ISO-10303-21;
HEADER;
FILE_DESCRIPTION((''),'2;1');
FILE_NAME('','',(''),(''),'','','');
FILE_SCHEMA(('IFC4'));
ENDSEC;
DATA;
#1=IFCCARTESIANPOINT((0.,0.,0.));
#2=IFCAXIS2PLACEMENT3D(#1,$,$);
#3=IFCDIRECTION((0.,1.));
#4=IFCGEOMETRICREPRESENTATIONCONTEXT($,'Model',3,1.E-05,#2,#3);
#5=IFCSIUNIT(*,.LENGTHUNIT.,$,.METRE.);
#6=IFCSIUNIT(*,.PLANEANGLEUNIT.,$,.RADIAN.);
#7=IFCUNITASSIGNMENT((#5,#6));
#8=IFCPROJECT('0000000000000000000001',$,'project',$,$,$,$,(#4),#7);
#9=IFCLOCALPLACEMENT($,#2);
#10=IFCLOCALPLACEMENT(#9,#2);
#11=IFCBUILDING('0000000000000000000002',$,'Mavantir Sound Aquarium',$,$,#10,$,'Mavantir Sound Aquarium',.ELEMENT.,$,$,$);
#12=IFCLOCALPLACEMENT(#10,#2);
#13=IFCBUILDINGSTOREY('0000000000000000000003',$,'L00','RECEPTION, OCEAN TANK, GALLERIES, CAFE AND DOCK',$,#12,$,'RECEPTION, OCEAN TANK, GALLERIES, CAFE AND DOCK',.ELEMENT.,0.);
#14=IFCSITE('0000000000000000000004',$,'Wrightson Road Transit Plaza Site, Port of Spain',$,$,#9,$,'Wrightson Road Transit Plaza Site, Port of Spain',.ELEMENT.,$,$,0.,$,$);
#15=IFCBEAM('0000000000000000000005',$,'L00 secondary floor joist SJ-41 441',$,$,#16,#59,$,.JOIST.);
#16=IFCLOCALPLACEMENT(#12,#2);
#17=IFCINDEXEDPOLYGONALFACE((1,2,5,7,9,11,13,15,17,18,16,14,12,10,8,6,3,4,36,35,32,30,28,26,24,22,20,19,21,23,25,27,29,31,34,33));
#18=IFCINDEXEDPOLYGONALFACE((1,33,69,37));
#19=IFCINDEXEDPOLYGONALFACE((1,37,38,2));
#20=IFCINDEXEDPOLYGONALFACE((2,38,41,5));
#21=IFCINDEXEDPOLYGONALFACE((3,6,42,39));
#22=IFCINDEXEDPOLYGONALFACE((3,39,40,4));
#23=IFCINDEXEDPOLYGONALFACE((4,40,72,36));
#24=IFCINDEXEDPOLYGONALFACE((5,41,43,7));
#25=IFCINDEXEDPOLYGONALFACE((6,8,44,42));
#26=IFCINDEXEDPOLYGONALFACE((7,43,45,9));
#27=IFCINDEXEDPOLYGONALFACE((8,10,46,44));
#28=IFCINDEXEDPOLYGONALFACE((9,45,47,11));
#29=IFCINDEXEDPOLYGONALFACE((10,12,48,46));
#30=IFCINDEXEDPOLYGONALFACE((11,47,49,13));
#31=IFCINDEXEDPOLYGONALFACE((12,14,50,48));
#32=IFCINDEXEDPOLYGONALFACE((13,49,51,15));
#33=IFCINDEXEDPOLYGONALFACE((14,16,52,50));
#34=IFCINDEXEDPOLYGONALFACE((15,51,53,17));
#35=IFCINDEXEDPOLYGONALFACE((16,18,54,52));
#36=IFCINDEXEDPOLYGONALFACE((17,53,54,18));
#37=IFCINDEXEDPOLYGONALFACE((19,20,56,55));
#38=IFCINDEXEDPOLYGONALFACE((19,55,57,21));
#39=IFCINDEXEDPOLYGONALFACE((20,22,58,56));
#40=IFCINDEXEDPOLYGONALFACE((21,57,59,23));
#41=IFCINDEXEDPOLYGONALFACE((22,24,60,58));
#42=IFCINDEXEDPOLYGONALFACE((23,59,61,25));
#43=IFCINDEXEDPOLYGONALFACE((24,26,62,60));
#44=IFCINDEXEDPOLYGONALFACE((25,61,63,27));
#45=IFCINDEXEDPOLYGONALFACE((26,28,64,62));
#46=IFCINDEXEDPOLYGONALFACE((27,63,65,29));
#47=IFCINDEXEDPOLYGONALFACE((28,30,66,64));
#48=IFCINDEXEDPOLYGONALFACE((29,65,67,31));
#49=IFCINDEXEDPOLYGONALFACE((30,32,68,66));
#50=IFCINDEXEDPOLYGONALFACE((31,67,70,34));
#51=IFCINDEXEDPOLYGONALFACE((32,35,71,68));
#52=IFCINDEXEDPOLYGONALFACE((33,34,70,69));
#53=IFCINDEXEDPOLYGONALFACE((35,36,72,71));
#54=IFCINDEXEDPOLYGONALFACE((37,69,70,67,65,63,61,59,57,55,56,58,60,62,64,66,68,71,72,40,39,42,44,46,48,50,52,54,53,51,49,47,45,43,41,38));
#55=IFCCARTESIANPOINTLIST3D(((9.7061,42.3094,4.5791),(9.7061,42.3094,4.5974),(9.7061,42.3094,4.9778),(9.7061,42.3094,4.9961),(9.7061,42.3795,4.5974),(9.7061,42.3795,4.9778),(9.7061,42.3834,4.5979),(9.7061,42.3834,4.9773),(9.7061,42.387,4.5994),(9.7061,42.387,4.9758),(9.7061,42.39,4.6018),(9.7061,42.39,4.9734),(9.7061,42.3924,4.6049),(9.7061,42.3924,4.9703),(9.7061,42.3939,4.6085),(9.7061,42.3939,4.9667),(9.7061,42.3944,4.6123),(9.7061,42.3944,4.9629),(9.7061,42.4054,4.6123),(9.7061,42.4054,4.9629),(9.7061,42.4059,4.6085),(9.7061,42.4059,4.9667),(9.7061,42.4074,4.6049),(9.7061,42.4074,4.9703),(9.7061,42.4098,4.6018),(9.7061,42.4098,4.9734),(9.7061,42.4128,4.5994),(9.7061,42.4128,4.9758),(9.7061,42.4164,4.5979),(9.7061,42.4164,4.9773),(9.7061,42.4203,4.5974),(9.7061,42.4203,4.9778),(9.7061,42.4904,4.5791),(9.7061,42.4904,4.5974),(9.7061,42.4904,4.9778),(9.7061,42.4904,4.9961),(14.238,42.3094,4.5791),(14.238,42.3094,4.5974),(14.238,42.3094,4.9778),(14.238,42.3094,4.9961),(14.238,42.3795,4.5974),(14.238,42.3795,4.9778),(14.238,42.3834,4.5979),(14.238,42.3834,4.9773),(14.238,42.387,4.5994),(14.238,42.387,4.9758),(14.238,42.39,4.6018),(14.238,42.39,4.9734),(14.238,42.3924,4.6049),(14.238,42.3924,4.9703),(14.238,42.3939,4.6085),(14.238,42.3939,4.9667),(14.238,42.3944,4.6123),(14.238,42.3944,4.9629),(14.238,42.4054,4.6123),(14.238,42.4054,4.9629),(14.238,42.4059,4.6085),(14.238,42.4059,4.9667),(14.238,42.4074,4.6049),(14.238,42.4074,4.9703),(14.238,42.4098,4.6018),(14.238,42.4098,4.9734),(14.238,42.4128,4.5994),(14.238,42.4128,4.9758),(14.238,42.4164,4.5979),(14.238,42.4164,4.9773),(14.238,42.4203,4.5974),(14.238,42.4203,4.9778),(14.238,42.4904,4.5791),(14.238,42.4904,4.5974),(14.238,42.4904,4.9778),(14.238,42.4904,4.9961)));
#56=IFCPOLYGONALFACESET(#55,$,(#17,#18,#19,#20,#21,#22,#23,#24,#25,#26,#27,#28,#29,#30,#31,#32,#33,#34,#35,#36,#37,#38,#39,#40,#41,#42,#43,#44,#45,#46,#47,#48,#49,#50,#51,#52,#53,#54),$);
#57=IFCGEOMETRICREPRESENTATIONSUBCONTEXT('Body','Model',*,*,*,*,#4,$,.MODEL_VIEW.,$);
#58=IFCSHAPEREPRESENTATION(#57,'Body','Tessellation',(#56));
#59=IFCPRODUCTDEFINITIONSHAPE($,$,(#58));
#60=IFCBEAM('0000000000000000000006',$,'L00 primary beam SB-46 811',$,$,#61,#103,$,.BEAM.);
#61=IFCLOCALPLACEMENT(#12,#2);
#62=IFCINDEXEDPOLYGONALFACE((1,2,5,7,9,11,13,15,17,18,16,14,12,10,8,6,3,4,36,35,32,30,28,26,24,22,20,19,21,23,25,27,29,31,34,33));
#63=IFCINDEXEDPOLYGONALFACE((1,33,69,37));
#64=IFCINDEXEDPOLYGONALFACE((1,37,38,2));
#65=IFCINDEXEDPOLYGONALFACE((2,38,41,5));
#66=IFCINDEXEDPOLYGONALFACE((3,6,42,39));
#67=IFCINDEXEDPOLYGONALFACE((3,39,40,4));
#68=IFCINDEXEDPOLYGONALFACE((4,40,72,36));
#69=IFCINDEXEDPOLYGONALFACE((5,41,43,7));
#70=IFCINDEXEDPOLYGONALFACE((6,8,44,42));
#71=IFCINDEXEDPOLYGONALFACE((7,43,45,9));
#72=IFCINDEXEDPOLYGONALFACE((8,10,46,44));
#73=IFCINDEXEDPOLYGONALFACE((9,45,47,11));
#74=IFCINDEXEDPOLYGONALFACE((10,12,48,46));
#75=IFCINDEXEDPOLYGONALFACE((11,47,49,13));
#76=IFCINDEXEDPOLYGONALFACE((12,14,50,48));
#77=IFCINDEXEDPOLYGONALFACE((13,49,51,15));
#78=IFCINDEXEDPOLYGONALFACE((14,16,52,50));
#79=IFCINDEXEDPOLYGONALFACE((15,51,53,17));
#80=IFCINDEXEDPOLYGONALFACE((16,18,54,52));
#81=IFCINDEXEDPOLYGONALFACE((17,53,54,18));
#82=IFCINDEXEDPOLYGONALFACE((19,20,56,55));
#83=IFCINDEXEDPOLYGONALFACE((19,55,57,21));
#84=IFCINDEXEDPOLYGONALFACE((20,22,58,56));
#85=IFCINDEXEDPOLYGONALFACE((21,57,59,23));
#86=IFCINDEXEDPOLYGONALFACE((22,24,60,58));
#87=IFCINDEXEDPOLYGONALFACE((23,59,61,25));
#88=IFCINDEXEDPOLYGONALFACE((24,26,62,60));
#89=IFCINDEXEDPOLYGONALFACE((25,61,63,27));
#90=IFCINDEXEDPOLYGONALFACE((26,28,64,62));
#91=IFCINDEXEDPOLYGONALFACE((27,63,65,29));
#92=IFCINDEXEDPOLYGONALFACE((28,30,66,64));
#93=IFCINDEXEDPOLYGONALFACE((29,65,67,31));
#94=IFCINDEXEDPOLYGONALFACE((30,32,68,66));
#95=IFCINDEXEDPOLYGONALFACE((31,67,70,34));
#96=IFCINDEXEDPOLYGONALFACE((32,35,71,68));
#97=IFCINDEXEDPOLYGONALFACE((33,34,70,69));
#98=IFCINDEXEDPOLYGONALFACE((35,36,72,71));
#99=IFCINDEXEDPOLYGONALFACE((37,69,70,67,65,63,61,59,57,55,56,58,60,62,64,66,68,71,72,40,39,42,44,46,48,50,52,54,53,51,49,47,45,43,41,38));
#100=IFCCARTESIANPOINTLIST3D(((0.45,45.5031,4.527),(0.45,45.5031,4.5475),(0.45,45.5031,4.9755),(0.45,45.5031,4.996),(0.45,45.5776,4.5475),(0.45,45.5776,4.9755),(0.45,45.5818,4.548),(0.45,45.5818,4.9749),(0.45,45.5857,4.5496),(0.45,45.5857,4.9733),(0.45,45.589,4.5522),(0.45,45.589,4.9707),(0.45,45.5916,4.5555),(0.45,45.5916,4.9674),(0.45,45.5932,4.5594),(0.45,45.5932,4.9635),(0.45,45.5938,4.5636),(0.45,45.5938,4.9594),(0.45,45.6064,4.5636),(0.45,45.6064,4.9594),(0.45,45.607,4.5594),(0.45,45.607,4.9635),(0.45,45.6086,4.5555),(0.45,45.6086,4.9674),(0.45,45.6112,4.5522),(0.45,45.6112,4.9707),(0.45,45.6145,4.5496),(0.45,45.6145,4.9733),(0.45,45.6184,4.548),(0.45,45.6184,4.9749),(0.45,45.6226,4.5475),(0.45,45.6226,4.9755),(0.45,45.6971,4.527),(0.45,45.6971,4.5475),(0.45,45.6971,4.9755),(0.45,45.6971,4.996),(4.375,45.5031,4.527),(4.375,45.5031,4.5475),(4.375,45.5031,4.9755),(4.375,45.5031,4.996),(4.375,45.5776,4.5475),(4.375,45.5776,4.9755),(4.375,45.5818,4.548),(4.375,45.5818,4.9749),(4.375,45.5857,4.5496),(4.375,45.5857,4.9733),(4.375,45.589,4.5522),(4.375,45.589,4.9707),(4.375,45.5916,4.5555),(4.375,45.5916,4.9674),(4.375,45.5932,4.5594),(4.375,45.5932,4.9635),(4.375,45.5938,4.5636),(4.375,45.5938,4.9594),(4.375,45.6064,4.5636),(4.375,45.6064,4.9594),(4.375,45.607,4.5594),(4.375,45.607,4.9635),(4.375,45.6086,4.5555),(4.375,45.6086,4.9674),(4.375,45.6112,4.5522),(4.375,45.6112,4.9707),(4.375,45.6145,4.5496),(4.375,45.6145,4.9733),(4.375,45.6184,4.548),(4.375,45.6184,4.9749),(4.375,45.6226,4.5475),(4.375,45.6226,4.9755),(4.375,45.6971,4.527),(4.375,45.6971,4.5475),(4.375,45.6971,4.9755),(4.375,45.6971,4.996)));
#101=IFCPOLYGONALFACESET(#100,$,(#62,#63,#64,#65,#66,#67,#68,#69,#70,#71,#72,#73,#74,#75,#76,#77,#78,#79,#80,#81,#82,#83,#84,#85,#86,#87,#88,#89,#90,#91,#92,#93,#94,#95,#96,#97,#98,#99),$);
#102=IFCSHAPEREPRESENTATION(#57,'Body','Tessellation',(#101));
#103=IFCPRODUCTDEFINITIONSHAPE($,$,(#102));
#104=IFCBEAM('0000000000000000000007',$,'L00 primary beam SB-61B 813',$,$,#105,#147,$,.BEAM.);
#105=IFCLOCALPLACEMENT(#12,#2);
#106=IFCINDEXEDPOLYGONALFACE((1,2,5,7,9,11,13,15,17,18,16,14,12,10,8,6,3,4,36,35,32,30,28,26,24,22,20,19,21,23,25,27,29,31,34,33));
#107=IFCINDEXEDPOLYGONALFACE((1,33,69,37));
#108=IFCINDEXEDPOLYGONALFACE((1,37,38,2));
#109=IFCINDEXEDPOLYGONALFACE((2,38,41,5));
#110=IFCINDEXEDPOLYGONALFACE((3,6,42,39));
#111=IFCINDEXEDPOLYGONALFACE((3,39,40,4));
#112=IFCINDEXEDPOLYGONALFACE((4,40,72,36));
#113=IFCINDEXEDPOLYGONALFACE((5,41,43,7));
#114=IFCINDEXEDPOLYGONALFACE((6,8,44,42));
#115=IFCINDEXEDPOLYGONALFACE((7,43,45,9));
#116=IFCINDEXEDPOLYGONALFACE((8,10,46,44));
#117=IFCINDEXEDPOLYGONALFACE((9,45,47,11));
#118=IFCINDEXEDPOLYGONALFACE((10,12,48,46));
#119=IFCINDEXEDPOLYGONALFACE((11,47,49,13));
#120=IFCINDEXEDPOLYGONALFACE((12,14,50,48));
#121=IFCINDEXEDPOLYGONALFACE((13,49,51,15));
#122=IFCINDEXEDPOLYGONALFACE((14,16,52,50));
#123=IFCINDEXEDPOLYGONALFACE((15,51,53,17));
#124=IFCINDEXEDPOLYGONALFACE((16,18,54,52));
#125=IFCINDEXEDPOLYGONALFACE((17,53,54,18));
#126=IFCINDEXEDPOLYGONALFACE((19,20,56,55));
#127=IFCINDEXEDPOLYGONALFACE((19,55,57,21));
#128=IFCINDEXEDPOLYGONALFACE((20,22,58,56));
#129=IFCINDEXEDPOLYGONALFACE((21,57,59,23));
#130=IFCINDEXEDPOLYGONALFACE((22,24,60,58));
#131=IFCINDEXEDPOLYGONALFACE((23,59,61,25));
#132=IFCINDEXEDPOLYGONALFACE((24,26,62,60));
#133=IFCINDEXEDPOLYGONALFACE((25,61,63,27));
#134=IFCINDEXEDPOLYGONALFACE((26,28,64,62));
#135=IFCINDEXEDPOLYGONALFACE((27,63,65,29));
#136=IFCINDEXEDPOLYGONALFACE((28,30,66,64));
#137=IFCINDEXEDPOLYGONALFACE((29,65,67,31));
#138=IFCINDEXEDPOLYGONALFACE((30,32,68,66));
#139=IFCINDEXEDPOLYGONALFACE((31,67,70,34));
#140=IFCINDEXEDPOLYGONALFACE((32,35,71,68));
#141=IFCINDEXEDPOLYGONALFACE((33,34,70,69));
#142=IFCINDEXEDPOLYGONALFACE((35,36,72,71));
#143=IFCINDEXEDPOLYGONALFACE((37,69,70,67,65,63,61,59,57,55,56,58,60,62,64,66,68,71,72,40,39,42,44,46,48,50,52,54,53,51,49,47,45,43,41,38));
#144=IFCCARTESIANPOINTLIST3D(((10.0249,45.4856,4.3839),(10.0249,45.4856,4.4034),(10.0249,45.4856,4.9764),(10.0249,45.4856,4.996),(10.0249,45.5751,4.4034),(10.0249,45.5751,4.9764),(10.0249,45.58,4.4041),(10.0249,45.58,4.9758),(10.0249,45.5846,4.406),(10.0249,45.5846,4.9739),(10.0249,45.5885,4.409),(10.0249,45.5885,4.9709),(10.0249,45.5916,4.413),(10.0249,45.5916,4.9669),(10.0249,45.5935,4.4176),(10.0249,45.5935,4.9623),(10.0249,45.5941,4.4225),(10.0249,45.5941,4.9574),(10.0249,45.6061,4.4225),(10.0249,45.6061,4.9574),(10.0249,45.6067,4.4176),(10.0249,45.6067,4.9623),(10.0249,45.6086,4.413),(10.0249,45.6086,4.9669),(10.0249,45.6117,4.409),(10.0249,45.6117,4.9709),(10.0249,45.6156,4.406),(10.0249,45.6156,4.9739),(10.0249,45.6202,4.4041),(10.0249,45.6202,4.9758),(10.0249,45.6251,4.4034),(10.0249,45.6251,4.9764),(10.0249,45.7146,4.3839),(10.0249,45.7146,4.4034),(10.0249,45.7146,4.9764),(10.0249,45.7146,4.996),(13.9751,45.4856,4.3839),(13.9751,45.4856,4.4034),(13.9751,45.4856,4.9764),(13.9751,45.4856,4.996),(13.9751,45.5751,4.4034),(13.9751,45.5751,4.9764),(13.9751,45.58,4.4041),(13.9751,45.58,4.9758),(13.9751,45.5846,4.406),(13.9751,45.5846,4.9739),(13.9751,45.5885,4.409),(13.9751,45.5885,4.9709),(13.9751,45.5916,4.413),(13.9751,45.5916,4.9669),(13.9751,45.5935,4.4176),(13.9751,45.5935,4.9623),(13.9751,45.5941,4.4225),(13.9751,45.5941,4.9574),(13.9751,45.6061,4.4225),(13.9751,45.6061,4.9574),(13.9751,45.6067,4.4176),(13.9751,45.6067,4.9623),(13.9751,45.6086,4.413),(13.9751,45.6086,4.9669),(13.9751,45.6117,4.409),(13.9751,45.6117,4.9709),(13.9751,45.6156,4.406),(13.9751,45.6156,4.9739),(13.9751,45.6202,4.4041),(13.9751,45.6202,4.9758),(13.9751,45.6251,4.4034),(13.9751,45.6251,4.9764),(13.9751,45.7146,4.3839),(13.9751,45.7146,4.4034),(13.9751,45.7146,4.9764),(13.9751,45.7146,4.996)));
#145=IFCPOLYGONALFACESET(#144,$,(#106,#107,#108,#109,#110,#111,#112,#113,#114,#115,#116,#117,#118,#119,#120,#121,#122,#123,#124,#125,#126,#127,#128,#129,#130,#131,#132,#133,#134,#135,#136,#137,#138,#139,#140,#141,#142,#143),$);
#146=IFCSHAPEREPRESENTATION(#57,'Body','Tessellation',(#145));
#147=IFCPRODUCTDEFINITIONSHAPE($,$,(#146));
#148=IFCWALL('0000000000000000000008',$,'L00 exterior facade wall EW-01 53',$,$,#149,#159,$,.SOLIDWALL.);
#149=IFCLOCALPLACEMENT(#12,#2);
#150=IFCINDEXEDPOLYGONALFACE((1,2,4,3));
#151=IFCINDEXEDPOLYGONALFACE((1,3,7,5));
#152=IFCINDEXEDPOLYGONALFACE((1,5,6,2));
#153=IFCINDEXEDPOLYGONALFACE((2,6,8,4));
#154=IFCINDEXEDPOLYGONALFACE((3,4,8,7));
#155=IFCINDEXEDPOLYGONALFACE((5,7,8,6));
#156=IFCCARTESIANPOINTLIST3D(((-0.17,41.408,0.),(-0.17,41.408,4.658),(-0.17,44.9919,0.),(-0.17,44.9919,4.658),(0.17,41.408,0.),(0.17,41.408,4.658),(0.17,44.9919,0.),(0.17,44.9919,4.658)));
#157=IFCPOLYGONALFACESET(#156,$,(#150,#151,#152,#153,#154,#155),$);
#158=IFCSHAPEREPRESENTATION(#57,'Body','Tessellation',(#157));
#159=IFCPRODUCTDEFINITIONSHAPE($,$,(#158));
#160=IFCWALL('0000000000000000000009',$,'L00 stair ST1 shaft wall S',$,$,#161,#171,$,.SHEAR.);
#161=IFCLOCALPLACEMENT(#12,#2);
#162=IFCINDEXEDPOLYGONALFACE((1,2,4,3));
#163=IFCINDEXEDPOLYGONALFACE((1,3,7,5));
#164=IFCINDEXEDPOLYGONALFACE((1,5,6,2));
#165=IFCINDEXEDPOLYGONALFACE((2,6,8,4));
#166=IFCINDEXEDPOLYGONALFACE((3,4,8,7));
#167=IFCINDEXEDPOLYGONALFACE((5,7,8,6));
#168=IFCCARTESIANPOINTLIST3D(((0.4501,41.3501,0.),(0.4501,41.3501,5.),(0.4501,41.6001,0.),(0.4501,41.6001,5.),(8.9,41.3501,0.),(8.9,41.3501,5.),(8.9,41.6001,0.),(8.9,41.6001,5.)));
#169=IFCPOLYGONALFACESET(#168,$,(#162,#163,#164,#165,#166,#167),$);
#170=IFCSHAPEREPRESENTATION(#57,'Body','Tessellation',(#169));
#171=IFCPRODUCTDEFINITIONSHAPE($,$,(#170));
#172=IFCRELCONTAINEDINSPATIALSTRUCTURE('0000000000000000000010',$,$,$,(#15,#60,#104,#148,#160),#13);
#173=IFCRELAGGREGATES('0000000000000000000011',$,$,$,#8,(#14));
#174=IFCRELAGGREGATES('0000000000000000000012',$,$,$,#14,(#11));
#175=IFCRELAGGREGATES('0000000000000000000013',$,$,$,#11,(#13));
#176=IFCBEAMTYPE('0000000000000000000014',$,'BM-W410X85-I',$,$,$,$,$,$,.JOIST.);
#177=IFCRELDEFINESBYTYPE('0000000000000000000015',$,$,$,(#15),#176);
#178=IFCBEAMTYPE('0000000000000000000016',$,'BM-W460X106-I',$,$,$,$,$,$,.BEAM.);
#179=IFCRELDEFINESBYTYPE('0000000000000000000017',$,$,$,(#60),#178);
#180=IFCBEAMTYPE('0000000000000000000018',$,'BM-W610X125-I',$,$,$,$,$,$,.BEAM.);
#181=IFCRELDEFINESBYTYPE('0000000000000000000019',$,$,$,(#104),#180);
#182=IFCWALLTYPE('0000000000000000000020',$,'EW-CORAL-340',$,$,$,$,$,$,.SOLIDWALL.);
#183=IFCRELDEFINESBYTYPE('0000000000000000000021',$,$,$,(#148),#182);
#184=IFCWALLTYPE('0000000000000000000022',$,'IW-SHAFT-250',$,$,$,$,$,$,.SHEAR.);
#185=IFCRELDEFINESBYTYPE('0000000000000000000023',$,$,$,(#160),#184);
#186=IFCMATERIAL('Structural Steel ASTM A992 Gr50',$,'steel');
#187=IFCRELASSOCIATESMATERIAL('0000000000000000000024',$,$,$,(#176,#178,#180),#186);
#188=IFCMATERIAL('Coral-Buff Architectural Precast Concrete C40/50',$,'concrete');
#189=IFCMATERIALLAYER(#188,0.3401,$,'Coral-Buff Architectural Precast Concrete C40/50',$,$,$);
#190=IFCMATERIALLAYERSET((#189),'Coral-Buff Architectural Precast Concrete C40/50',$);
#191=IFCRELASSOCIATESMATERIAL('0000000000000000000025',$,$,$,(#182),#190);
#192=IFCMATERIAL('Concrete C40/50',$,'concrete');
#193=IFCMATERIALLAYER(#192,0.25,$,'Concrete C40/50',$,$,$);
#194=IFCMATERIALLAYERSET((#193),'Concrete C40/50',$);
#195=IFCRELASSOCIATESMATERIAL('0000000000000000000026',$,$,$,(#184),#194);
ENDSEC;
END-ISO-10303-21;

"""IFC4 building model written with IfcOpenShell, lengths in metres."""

from ifc_helpers import new_model, si_unit, direction, frame, frame_2d, origin, origin_2d, place, context, subcontext, project, spatial, rectangle, i_section, extrude, material, layer, layer_set, material_profile, profile_set, type_object, element, save


model = new_model("IFC4")

# Units and contexts
model_context = context("Model", 3, precision=1e-05, world=origin(), true_north=direction((0.0, 1.0)))
body_context = subcontext(model_context, "Body", "Model", "MODEL_VIEW")
ifc_project = project(units=[si_unit("LENGTHUNIT", "METRE"), si_unit("PLANEANGLEUNIT", "RADIAN")], contexts=[model_context])

# Site, building, storey
site_placement = place(None, origin())
site = spatial("IfcSite", under=ifc_project, at=site_placement, Name="Wrightson Road Transit Plaza Site, Port of Spain", LongName="Wrightson Road Transit Plaza Site, Port of Spain", CompositionType="ELEMENT", RefElevation=0.0)
building_placement = place(site_placement, origin())
building = spatial("IfcBuilding", under=site, at=building_placement, Name="Mavantir Sound Aquarium", LongName="Mavantir Sound Aquarium", CompositionType="ELEMENT")
storey_placement = place(building_placement, origin())
storey = spatial("IfcBuildingStorey", under=building, at=storey_placement, Name="L00", Description="RECEPTION, OCEAN TANK, GALLERIES, CAFE AND DOCK", LongName="RECEPTION, OCEAN TANK, GALLERIES, CAFE AND DOCK", CompositionType="ELEMENT", Elevation=0.0)

# Shared definitions
ifc_material_1 = material(Name="Concrete C40/50", Category="concrete")

# Beams
ifc_material_2 = material(Name="Structural Steel ASTM A992 Gr50", Category="steel")
ifc_material_profile_1 = material_profile(ifc_material_2, i_section(OverallWidth=0.1809, OverallDepth=0.417, WebThickness=0.011, FlangeThickness=0.0183, FilletRadius=0.0149, at=origin_2d()), Name="W410X85")
ifc_profile_set_1 = profile_set([ifc_material_profile_1], Name="Structural Steel ASTM A992 Gr50")
beam_type_1 = type_object("IfcBeamType", Name="BM-W410X85-I", PredefinedType="JOIST", material=ifc_profile_set_1)
beam_1_placement = place(storey_placement, frame((9.7061, 42.3999, 4.7876), z_axis=(1.0, 0.0, 0.0), x_axis=(0.0, 1.0, 0.0)))
element("IfcBeam", 1, at=beam_1_placement, inside=storey, type_object=beam_type_1, Name="L00 secondary floor joist SJ-41 441", PredefinedType="JOIST", context=body_context, shape_type="SweptSolid", body=[
    extrude(i_section(OverallWidth=0.1809, OverallDepth=0.417, WebThickness=0.011, FlangeThickness=0.0183, FilletRadius=0.0149, at=origin_2d()), origin(), (0.0, 0.0, 1.0), 4.532),
])
ifc_material_profile_2 = material_profile(ifc_material_2, i_section(OverallWidth=0.1941, OverallDepth=0.469, WebThickness=0.0127, FlangeThickness=0.0205, FilletRadius=0.0161, at=origin_2d()), Name="W460X106")
ifc_profile_set_2 = profile_set([ifc_material_profile_2], Name="Structural Steel ASTM A992 Gr50")
beam_type_2 = type_object("IfcBeamType", Name="BM-W460X106-I", PredefinedType="BEAM", material=ifc_profile_set_2)
beam_2_placement = place(storey_placement, frame((0.45, 45.6001, 4.7615), z_axis=(1.0, 0.0, 0.0), x_axis=(0.0, 1.0, 0.0)))
element("IfcBeam", 2, at=beam_2_placement, inside=storey, type_object=beam_type_2, Name="L00 primary beam SB-46 811", PredefinedType="BEAM", context=body_context, shape_type="SweptSolid", body=[
    extrude(i_section(OverallWidth=0.1941, OverallDepth=0.469, WebThickness=0.0127, FlangeThickness=0.0205, FilletRadius=0.0161, at=origin_2d()), origin(), (0.0, 0.0, 1.0), 3.925),
])
ifc_material_profile_3 = material_profile(ifc_material_2, i_section(OverallWidth=0.229, OverallDepth=0.6121, WebThickness=0.012, FlangeThickness=0.0195, FilletRadius=0.019, at=origin_2d()), Name="W610X125")
ifc_profile_set_3 = profile_set([ifc_material_profile_3], Name="Structural Steel ASTM A992 Gr50")
beam_type_3 = type_object("IfcBeamType", Name="BM-W610X125-I", PredefinedType="BEAM", material=ifc_profile_set_3)
beam_3_placement = place(storey_placement, frame((10.0249, 45.6001, 4.6899), z_axis=(1.0, 0.0, 0.0), x_axis=(0.0, 1.0, 0.0)))
element("IfcBeam", 3, at=beam_3_placement, inside=storey, type_object=beam_type_3, Name="L00 primary beam SB-61B 813", PredefinedType="BEAM", context=body_context, shape_type="SweptSolid", body=[
    extrude(i_section(OverallWidth=0.229, OverallDepth=0.6121, WebThickness=0.012, FlangeThickness=0.0195, FilletRadius=0.019, at=origin_2d()), origin(), (0.0, 0.0, 1.0), 3.9502),
])

# Walls
ifc_material_3 = material(Name="Coral-Buff Architectural Precast Concrete C40/50", Category="concrete")
ifc_layer_1 = layer(ifc_material_3, 0.3401, Name="Coral-Buff Architectural Precast Concrete C40/50")
ifc_layer_set_1 = layer_set([ifc_layer_1], Name="Coral-Buff Architectural Precast Concrete C40/50")
wall_type_1 = type_object("IfcWallType", Name="EW-CORAL-340", PredefinedType="SOLIDWALL", material=ifc_layer_set_1)
wall_1_placement = place(storey_placement, frame((0.0, 44.9919, 0.0), z_axis=(0.0, 0.0, 1.0), x_axis=(0.0, -1.0, 0.0)))
element("IfcWall", 4, at=wall_1_placement, inside=storey, type_object=wall_type_1, Name="L00 exterior facade wall EW-01 53", PredefinedType="SOLIDWALL", context=body_context, shape_type="SweptSolid", body=[
    extrude(rectangle(XDim=3.584, YDim=0.3401, at=frame_2d((1.792, 0.0))), origin(), (0.0, 0.0, 1.0), 4.658),
])
ifc_layer_2 = layer(ifc_material_1, 0.25, Name="Concrete C40/50")
ifc_layer_set_2 = layer_set([ifc_layer_2], Name="Concrete C40/50")
wall_type_2 = type_object("IfcWallType", Name="IW-SHAFT-250", PredefinedType="SHEAR", material=ifc_layer_set_2)
wall_2_placement = place(storey_placement, frame((0.45, 41.4751, 0.0), z_axis=(0.0, 0.0, 1.0), x_axis=(1.0, 0.0, 0.0)))
element("IfcWall", 5, at=wall_2_placement, inside=storey, type_object=wall_type_2, Name="L00 stair ST1 shaft wall S", PredefinedType="SHEAR", context=body_context, shape_type="SweptSolid", body=[
    extrude(rectangle(XDim=8.45, YDim=0.25, at=frame_2d((4.2251, 0.0))), origin(), (0.0, 0.0, 1.0), 5.0),
])

save(model, "model.ifc")
